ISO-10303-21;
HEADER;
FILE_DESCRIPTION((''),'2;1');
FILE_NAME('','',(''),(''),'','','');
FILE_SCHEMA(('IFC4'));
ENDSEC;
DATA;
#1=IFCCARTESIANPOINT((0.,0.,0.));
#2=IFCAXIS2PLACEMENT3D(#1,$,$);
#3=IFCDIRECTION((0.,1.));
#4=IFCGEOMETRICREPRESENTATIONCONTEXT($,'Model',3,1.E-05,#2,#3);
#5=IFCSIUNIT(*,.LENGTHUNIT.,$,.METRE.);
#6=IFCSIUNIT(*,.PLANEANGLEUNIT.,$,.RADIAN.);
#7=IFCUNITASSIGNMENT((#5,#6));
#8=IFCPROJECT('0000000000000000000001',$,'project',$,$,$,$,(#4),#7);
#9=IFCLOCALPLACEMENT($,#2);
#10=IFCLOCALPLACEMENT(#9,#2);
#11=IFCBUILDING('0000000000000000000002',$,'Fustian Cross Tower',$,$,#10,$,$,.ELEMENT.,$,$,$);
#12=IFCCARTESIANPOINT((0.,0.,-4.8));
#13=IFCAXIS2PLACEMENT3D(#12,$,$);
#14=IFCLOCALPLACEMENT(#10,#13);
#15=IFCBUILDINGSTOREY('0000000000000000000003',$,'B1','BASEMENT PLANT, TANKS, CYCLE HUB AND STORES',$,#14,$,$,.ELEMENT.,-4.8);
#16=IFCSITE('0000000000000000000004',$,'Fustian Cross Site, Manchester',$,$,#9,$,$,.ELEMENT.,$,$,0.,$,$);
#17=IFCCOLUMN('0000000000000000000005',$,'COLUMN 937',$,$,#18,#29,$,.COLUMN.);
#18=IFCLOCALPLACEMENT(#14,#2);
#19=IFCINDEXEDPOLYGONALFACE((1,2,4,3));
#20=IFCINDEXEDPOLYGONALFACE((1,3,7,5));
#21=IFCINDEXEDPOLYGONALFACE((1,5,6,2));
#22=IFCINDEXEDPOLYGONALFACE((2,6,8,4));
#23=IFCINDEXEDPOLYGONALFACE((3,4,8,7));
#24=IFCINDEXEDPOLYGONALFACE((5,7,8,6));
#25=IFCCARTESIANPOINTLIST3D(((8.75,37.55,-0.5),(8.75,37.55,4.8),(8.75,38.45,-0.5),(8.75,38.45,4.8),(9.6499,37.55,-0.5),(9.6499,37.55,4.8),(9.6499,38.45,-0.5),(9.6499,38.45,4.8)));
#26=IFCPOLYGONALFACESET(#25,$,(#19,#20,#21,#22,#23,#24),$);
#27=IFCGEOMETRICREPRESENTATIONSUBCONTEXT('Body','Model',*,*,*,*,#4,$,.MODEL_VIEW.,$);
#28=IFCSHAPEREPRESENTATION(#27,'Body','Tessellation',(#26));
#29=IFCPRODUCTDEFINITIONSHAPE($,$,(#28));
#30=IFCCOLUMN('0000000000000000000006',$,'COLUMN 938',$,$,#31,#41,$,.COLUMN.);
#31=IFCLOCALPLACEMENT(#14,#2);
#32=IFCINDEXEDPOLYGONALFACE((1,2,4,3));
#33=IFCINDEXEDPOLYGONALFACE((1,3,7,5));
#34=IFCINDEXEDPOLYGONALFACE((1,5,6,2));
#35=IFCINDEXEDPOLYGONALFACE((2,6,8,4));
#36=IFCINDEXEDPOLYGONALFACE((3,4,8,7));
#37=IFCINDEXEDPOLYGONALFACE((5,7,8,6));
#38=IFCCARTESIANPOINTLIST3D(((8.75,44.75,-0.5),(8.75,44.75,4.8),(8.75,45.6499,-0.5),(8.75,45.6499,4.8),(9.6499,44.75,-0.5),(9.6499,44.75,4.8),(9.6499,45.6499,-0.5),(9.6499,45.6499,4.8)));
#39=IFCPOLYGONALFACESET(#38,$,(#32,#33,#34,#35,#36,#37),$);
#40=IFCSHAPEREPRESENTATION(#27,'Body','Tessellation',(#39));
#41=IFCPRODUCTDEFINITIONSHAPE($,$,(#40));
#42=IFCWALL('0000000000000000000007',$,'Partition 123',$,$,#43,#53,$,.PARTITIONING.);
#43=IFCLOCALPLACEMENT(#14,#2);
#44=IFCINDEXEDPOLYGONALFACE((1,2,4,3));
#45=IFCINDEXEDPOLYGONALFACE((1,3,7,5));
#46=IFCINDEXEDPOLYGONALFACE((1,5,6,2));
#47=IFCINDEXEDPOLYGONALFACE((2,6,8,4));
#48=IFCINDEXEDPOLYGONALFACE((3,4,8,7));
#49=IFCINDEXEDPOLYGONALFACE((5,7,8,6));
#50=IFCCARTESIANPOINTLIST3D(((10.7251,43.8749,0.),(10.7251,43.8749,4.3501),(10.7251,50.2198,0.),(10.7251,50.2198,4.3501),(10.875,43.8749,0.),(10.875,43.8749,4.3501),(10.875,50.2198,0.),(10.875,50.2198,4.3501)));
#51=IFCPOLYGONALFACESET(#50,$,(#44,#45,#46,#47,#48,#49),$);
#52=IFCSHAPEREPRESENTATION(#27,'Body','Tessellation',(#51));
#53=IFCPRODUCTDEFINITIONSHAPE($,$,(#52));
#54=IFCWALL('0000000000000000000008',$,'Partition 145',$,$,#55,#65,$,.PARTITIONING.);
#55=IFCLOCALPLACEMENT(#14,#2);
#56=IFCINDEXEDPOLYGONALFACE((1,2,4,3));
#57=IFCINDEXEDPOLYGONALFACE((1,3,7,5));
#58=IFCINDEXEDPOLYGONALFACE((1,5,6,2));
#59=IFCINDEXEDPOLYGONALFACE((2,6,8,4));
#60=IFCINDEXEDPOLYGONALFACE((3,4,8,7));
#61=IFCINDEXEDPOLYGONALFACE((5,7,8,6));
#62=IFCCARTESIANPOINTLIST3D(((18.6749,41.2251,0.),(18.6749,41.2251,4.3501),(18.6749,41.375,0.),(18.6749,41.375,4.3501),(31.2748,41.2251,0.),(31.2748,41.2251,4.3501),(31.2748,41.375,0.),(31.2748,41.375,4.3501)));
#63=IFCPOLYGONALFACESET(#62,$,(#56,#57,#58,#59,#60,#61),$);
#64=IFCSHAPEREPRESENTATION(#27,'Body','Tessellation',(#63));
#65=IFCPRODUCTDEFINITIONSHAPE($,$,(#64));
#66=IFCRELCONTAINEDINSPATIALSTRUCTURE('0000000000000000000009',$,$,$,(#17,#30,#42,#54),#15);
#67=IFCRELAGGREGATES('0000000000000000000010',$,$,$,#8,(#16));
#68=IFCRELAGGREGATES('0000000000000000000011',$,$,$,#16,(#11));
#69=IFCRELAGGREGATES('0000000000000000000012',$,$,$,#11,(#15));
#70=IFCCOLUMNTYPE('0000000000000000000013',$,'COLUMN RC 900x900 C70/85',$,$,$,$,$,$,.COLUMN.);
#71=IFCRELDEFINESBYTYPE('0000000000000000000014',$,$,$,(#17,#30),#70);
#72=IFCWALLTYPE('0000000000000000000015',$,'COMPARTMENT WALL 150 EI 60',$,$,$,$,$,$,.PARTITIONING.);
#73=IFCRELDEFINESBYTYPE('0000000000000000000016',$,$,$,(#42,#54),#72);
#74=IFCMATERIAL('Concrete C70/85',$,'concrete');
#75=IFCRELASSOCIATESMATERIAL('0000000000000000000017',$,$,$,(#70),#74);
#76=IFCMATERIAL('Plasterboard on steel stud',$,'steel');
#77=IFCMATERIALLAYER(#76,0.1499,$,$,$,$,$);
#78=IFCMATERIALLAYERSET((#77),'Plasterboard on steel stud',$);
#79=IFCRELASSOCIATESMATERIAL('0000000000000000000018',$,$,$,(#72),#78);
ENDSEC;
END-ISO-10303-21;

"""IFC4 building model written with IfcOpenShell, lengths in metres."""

from ifc_helpers import new_model, si_unit, direction, frame, frame_2d, origin, origin_2d, place, context, subcontext, project, spatial, rectangle, extrude, material, layer, layer_set, material_profile, profile_set, type_object, element, save


model = new_model("IFC4")

# Units and contexts
model_context = context("Model", 3, precision=1e-05, world=origin(), true_north=direction((0.0, 1.0)))
body_context = subcontext(model_context, "Body", "Model", "MODEL_VIEW")
ifc_project = project(units=[si_unit("LENGTHUNIT", "METRE"), si_unit("PLANEANGLEUNIT", "RADIAN")], contexts=[model_context])

# Site, building, storey
site_placement = place(None, origin())
site = spatial("IfcSite", under=ifc_project, at=site_placement, Name="Fustian Cross Site, Manchester", CompositionType="ELEMENT", RefElevation=0.0)
building_placement = place(site_placement, origin())
building = spatial("IfcBuilding", under=site, at=building_placement, Name="Fustian Cross Tower", CompositionType="ELEMENT")
storey_placement = place(building_placement, frame((0.0, 0.0, -4.8)))
storey = spatial("IfcBuildingStorey", under=building, at=storey_placement, Name="B1", Description="BASEMENT PLANT, TANKS, CYCLE HUB AND STORES", CompositionType="ELEMENT", Elevation=-4.8)

# Columns
ifc_material_1 = material(Name="Concrete C70/85", Category="concrete")
ifc_material_profile_1 = material_profile(ifc_material_1, rectangle(XDim=0.8999, YDim=0.8999, at=origin_2d()), Name="RC 900x900")
ifc_profile_set_1 = profile_set([ifc_material_profile_1], Name="Concrete C70/85")
column_type_1 = type_object("IfcColumnType", Name="COLUMN RC 900x900 C70/85", PredefinedType="COLUMN", material=ifc_profile_set_1)
for number, where, z_axis, x_axis, name in (
    (1, (9.2, 38.0, -0.5), (0.0, 0.0, 1.0), (1.0, 0.0, 0.0), "COLUMN 937"),
    (2, (9.2, 45.2, -0.5), (0.0, 0.0, 1.0), (1.0, 0.0, 0.0), "COLUMN 938"),
):
    element("IfcColumn", number, at=place(storey_placement, frame(where, z_axis=z_axis, x_axis=x_axis)), inside=storey, type_object=column_type_1, Name=name, PredefinedType="COLUMN", context=body_context, shape_type="SweptSolid", body=[
        extrude(rectangle(XDim=0.8999, YDim=0.8999, at=origin_2d()), origin(), (0.0, 0.0, 1.0), 5.3),
    ])

# Walls
ifc_material_2 = material(Name="Plasterboard on steel stud", Category="steel")
ifc_layer = layer(ifc_material_2, 0.1499)
ifc_layer_set = layer_set([ifc_layer], Name="Plasterboard on steel stud")
wall_type = type_object("IfcWallType", Name="COMPARTMENT WALL 150 EI 60", PredefinedType="PARTITIONING", material=ifc_layer_set)
wall_1_placement = place(storey_placement, frame((10.8, 43.875, 0.0), z_axis=(0.0, 0.0, 1.0), x_axis=(0.0, 1.0, 0.0)))
element("IfcWall", 3, at=wall_1_placement, inside=storey, type_object=wall_type, Name="Partition 123", PredefinedType="PARTITIONING", context=body_context, shape_type="SweptSolid", body=[
    extrude(rectangle(XDim=6.345, YDim=0.1499, at=frame_2d((3.1724, 0.0))), origin(), (0.0, 0.0, 1.0), 4.3501),
])
wall_2_placement = place(storey_placement, frame((18.675, 41.3, 0.0), z_axis=(0.0, 0.0, 1.0), x_axis=(1.0, 0.0, 0.0)))
element("IfcWall", 4, at=wall_2_placement, inside=storey, type_object=wall_type, Name="Partition 145", PredefinedType="PARTITIONING", context=body_context, shape_type="SweptSolid", body=[
    extrude(rectangle(XDim=12.5999, YDim=0.1499, at=frame_2d((6.2998, 0.0))), origin(), (0.0, 0.0, 1.0), 4.3501),
])

save(model, "model.ifc")
